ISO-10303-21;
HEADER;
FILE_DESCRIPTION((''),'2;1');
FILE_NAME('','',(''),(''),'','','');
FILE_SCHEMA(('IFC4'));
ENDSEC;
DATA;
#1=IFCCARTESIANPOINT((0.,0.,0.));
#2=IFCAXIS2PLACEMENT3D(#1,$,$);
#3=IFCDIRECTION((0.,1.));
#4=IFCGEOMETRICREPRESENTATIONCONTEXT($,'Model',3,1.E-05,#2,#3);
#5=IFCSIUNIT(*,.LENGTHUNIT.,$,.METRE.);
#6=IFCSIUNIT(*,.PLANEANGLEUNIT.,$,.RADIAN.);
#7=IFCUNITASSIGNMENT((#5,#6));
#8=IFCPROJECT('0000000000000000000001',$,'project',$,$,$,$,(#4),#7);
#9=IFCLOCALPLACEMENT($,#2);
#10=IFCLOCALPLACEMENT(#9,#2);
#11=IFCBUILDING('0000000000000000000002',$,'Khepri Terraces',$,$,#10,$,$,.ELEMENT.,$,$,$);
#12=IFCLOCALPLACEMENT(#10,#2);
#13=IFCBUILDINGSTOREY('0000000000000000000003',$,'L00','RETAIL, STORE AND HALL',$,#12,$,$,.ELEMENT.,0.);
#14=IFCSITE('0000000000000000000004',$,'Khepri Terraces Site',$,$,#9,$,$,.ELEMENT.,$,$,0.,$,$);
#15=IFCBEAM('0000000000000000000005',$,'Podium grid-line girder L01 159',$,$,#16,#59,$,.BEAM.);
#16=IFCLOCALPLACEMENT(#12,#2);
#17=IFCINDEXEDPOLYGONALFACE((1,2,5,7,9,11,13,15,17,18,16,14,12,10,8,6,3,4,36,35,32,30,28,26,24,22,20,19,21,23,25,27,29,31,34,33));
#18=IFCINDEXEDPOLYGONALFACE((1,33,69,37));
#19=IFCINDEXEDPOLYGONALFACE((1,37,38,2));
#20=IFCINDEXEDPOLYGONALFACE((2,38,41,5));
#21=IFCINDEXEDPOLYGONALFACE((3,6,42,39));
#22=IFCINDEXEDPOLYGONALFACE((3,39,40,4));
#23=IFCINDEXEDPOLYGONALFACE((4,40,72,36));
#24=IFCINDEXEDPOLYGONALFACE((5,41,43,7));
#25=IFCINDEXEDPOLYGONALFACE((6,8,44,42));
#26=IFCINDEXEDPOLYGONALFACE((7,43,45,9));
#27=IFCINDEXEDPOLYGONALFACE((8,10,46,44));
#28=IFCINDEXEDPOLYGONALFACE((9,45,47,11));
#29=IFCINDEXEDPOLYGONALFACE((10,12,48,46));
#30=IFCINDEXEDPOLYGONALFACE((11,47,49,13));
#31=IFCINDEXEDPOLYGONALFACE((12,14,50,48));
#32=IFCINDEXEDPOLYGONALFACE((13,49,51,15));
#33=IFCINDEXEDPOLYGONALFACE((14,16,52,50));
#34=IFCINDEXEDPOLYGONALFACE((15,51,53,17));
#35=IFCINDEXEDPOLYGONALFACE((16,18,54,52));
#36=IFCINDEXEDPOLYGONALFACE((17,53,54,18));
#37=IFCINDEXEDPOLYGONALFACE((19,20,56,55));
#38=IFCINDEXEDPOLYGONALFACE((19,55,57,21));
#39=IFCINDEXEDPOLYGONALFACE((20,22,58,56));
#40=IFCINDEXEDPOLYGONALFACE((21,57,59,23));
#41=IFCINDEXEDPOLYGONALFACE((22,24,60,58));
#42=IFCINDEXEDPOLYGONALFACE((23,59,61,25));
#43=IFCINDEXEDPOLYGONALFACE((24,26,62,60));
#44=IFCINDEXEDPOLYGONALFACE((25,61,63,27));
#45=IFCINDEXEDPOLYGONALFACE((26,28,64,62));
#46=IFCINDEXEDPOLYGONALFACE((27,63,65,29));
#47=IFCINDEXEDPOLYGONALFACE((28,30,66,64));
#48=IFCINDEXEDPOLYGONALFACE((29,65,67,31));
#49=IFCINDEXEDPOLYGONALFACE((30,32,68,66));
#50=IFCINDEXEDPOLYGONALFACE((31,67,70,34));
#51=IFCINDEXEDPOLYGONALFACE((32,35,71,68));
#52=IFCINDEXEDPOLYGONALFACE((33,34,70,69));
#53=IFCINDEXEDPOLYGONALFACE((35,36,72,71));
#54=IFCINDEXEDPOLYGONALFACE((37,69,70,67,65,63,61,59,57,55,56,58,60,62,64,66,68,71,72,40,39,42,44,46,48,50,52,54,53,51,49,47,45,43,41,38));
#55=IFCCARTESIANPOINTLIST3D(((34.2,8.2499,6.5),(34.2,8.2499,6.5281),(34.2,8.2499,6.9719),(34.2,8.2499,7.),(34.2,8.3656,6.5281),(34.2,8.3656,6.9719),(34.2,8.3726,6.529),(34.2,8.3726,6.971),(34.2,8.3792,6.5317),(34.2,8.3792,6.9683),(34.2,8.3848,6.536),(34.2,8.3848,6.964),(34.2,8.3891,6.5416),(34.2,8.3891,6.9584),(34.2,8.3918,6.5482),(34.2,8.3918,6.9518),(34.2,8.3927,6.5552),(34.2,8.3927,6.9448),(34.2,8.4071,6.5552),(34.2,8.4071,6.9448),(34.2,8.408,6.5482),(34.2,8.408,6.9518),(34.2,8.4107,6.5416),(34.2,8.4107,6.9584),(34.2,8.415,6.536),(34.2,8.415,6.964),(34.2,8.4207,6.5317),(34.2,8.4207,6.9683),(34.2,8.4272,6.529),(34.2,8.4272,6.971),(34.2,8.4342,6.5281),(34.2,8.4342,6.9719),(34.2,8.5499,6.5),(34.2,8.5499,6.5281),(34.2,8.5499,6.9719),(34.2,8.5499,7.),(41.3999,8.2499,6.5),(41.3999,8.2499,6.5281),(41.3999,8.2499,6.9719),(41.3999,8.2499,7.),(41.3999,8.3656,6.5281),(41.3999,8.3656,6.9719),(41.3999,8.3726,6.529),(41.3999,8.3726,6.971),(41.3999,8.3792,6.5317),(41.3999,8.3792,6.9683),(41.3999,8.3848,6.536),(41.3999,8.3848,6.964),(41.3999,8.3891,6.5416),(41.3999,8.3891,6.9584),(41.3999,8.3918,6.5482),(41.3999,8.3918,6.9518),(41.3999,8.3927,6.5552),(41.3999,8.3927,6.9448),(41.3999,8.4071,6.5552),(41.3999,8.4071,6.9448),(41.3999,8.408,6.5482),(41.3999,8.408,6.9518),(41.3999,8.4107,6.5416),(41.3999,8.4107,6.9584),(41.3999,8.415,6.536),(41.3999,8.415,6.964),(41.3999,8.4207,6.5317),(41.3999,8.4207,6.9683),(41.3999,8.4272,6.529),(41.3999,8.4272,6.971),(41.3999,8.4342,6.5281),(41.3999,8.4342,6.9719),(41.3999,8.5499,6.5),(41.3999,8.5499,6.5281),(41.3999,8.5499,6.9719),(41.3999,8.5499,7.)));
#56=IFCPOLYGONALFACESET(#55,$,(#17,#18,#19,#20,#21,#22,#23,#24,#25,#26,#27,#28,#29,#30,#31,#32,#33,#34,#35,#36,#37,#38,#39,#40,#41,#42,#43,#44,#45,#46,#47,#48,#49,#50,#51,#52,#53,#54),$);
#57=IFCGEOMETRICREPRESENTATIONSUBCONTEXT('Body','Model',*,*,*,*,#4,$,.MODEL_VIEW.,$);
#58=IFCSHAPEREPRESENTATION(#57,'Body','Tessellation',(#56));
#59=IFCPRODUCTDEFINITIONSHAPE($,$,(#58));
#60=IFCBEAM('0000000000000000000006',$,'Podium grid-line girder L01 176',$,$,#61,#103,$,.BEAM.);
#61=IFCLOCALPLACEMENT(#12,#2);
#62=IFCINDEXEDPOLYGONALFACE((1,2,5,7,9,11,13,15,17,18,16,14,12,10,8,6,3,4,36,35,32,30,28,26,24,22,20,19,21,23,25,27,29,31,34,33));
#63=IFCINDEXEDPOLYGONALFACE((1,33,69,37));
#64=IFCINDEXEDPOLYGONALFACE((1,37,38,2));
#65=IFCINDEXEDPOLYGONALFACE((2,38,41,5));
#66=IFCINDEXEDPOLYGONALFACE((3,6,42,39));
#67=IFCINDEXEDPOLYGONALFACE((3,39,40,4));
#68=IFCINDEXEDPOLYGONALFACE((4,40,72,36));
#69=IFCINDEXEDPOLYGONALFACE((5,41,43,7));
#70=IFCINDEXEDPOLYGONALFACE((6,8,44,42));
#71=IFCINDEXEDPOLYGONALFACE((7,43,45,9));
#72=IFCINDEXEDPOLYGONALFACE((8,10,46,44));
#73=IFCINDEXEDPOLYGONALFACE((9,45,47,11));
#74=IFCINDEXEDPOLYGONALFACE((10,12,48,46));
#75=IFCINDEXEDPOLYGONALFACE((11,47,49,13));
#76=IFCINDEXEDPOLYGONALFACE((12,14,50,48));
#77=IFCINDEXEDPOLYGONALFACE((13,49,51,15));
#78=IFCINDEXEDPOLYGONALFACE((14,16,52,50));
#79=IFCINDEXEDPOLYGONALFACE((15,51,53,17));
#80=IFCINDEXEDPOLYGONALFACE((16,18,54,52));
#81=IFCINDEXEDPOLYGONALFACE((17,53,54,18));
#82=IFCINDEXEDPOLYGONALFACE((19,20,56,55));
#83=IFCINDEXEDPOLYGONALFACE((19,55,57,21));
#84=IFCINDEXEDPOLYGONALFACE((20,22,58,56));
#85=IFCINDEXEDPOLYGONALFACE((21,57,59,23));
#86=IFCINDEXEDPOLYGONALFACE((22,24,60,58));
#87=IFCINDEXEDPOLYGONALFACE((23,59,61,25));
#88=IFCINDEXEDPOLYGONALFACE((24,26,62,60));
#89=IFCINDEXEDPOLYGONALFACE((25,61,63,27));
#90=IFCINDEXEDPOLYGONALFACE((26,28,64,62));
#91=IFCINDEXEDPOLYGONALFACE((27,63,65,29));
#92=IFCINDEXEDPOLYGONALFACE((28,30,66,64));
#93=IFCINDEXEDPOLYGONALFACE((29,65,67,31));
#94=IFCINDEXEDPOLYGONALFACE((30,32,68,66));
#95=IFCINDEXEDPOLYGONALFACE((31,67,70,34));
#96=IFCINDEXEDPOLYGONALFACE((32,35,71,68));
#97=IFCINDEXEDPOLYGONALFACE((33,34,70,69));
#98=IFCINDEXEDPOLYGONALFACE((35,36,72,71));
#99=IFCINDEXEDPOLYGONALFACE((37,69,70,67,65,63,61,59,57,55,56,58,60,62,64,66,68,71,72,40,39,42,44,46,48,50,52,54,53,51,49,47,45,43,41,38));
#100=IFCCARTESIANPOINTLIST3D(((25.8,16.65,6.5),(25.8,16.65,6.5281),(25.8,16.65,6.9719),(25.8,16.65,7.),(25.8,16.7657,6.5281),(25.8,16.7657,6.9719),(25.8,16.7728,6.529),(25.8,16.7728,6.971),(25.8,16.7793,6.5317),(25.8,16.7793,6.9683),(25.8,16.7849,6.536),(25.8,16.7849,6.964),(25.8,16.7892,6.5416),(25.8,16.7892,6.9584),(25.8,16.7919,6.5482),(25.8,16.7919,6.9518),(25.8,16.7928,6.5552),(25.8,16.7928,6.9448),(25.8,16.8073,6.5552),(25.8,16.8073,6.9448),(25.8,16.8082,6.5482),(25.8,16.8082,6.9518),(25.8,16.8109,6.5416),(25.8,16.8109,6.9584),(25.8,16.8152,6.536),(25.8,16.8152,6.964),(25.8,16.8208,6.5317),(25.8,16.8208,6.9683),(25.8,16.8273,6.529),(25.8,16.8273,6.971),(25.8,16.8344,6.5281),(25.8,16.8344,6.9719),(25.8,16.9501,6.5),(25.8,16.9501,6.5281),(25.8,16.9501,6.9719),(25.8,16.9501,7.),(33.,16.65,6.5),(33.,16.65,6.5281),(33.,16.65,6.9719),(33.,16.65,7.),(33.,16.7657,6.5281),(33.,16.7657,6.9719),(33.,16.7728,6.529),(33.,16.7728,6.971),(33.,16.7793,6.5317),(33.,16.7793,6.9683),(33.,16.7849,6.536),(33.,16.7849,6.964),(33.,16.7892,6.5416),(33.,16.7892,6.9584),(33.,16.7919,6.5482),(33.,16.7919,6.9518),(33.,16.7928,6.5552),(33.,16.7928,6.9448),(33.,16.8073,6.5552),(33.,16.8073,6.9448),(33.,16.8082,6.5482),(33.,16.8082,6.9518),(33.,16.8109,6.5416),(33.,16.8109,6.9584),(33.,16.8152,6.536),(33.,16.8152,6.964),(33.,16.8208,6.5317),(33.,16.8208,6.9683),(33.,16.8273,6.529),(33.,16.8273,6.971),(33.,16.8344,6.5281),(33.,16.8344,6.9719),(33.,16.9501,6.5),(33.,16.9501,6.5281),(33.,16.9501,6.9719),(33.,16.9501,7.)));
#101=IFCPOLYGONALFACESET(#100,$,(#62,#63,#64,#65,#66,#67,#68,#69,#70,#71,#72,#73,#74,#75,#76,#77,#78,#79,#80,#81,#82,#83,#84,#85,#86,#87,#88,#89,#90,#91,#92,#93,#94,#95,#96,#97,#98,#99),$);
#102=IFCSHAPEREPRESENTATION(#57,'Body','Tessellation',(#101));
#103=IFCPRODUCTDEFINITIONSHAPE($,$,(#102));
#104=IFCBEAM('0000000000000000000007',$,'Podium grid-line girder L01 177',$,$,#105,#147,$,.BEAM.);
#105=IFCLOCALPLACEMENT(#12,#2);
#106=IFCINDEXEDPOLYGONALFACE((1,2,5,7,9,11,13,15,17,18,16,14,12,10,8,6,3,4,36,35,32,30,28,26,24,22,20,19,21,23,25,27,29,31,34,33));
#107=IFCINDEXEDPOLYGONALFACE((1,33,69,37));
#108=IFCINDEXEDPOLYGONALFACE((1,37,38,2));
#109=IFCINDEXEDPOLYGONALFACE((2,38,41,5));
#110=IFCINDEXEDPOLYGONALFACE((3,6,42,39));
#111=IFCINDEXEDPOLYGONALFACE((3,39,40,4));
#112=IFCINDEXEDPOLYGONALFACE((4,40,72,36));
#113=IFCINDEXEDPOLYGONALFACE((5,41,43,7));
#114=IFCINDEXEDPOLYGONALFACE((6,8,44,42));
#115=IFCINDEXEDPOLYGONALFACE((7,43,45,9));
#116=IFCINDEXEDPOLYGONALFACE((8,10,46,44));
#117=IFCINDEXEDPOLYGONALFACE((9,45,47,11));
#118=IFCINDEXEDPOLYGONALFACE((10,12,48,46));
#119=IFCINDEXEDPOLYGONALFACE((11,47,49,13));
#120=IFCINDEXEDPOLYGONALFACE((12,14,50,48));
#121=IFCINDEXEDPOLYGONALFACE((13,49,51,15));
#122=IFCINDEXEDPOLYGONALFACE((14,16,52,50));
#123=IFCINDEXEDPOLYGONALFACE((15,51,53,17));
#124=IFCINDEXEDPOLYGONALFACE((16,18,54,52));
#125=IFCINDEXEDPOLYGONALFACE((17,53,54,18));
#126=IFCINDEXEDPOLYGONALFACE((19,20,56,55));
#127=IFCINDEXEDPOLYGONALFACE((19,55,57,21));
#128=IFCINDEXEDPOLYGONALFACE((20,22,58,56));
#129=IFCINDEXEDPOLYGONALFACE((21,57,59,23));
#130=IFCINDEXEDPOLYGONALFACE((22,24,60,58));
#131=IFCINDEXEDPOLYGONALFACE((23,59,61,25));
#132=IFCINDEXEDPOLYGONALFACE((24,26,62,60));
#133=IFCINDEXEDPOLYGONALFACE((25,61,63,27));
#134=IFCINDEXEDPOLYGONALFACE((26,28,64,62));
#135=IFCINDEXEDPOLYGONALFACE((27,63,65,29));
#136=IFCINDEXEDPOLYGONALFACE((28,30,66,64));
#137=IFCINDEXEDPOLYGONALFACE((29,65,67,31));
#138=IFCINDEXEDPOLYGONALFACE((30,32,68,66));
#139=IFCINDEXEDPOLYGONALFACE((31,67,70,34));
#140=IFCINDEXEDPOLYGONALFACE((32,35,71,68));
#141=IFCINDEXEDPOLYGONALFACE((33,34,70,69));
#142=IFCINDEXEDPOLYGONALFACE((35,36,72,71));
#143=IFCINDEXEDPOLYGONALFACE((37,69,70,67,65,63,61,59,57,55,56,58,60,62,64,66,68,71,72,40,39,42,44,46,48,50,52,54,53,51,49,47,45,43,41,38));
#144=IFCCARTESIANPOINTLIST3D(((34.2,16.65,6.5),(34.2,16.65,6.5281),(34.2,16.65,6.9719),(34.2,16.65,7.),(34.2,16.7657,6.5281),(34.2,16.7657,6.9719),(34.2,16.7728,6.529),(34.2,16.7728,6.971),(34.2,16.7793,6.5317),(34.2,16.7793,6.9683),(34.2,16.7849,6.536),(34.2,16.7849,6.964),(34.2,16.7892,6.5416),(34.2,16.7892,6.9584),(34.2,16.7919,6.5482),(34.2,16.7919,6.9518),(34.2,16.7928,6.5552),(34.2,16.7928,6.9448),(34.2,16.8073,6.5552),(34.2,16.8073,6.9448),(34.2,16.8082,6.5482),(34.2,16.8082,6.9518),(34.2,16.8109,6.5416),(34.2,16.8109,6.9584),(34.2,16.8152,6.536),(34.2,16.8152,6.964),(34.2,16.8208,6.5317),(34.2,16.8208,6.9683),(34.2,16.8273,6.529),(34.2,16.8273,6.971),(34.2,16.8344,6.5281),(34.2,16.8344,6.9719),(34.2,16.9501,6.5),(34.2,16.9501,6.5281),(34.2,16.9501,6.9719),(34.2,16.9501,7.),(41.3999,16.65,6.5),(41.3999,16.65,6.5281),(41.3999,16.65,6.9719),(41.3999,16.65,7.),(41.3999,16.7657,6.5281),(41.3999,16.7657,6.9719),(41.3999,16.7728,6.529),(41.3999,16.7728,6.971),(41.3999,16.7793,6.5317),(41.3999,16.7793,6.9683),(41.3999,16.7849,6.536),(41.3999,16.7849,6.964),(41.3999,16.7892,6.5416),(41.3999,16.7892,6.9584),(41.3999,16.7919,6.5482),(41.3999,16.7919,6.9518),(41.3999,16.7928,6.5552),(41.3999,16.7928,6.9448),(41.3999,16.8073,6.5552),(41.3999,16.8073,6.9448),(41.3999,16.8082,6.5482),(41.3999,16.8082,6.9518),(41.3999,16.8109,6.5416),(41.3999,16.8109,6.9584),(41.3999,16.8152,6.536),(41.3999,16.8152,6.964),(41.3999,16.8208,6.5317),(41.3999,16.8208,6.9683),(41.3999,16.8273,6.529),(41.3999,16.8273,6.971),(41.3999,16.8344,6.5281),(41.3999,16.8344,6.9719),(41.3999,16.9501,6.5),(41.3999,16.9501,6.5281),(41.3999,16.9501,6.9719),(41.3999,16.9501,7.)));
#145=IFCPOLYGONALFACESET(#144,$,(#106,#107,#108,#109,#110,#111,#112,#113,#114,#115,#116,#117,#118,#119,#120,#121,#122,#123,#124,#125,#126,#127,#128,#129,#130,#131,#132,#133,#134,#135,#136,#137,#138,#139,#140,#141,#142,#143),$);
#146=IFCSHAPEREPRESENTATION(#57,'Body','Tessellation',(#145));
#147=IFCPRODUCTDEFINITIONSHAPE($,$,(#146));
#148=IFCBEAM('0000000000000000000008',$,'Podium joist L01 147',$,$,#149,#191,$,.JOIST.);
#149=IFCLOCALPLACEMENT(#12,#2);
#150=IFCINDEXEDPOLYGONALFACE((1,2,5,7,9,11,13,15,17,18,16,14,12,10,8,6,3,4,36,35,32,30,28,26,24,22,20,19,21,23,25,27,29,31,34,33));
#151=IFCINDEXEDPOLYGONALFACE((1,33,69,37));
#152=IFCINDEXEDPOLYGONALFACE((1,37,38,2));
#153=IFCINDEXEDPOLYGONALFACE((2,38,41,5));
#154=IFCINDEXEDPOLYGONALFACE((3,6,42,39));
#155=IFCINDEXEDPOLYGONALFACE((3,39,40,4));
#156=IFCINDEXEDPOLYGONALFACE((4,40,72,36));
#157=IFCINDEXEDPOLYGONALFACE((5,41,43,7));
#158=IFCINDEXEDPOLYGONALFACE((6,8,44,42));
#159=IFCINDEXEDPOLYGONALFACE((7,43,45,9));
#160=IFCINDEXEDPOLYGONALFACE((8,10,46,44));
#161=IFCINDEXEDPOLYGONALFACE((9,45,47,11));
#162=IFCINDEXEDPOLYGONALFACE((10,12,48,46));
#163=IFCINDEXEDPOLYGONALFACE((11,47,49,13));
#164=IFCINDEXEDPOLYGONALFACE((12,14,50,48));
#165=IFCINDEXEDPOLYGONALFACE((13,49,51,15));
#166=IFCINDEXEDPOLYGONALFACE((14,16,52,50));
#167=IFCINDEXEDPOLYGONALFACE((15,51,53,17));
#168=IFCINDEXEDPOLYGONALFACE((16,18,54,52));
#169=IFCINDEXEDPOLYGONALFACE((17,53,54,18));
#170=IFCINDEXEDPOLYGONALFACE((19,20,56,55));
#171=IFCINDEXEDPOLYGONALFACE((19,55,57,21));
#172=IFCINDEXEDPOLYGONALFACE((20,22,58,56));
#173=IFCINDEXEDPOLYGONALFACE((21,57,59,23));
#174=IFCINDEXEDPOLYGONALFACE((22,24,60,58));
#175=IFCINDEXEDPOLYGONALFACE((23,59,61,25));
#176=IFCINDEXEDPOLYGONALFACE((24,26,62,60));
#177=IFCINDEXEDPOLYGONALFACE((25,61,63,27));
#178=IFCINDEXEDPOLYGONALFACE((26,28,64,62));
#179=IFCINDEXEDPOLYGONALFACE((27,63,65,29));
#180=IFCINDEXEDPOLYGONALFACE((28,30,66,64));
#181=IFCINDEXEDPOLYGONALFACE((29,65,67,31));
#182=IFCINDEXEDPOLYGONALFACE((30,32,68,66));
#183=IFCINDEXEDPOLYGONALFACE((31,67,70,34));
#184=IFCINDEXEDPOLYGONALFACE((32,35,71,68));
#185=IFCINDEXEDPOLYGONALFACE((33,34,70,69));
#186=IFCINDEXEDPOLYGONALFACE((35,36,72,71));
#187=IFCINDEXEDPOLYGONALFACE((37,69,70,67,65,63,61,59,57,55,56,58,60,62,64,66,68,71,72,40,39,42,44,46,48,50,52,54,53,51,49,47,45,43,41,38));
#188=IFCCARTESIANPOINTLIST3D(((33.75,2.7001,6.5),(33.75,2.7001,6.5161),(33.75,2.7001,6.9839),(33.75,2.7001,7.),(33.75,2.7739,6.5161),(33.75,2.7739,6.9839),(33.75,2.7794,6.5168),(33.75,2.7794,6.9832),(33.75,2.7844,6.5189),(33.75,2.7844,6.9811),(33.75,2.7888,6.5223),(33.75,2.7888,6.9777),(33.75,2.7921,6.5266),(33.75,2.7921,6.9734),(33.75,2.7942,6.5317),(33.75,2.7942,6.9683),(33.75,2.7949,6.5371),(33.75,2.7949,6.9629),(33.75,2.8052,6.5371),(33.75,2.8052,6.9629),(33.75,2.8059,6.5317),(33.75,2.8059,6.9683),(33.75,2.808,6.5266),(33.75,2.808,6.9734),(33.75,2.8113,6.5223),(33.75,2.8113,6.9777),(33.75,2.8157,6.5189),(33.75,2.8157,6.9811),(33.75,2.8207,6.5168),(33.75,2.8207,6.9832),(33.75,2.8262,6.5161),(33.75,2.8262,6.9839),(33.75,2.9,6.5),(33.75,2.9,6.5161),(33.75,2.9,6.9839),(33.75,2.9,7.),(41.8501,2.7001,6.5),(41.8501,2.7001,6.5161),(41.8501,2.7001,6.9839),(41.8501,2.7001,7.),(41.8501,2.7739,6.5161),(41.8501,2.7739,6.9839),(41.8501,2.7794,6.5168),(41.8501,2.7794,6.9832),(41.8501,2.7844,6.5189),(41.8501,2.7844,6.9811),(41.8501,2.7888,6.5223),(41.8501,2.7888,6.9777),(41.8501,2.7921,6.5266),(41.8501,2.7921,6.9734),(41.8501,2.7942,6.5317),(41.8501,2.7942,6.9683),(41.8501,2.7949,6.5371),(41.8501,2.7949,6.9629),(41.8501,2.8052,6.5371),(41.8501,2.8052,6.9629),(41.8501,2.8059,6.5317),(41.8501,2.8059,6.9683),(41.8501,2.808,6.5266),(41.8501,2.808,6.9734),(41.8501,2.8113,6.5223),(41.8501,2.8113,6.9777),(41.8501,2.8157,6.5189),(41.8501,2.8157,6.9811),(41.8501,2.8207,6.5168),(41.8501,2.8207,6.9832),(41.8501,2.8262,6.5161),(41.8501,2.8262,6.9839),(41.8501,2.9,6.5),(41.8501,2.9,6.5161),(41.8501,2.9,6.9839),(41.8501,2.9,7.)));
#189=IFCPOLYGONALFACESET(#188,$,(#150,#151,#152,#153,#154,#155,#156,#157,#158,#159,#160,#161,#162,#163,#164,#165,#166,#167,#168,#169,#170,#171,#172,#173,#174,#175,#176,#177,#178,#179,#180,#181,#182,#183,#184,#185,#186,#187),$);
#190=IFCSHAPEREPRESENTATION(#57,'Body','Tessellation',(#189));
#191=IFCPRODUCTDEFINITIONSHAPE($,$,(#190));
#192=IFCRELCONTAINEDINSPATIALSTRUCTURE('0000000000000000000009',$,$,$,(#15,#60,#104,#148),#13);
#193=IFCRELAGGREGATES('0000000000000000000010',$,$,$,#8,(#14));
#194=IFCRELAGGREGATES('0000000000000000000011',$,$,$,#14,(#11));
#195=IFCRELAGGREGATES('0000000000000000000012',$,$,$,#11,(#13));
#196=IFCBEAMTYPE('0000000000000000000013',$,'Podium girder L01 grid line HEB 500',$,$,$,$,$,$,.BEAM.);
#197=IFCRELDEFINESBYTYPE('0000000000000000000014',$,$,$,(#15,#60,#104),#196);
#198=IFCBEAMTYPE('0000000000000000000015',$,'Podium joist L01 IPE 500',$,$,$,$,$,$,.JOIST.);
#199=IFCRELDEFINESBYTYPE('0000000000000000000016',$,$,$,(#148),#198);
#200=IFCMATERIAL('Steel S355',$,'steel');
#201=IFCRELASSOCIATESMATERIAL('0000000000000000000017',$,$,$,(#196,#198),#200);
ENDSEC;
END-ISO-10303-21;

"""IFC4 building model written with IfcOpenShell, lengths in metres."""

from ifc_helpers import new_model, si_unit, direction, frame, origin, origin_2d, place, context, subcontext, project, spatial, i_section, extrude, material, material_profile, profile_set, type_object, element, save


model = new_model("IFC4")

# Units and contexts
model_context = context("Model", 3, precision=1e-05, world=origin(), true_north=direction((0.0, 1.0)))
body_context = subcontext(model_context, "Body", "Model", "MODEL_VIEW")
ifc_project = project(units=[si_unit("LENGTHUNIT", "METRE"), si_unit("PLANEANGLEUNIT", "RADIAN")], contexts=[model_context])

# Site, building, storey
site_placement = place(None, origin())
site = spatial("IfcSite", under=ifc_project, at=site_placement, Name="Khepri Terraces Site", CompositionType="ELEMENT", RefElevation=0.0)
building_placement = place(site_placement, origin())
building = spatial("IfcBuilding", under=site, at=building_placement, Name="Khepri Terraces", CompositionType="ELEMENT")
storey_placement = place(building_placement, origin())
storey = spatial("IfcBuildingStorey", under=building, at=storey_placement, Name="L00", Description="RETAIL, STORE AND HALL", CompositionType="ELEMENT", Elevation=0.0)

# Beams
ifc_material_1 = material(Name="Steel S355", Category="steel")
ifc_material_profile_1 = material_profile(ifc_material_1, i_section(OverallWidth=0.3, OverallDepth=0.5, WebThickness=0.0144, FlangeThickness=0.0281, FilletRadius=0.0271, at=origin_2d()), Name="Steel S355", Category="steel")
ifc_profile_set_1 = profile_set([ifc_material_profile_1], Name="Steel S355")
beam_type_1 = type_object("IfcBeamType", Name="Podium girder L01 grid line HEB 500", PredefinedType="BEAM", material=ifc_profile_set_1)
for number, where, z_axis, x_axis, name in (
    (1, (34.2, 8.3999, 6.75), (1.0, 0.0, 0.0), (0.0, 1.0, 0.0), "Podium grid-line girder L01 159"),
    (2, (25.8, 16.8, 6.75), (1.0, 0.0, 0.0), (0.0, 1.0, 0.0), "Podium grid-line girder L01 176"),
    (3, (34.2, 16.8, 6.75), (1.0, 0.0, 0.0), (0.0, 1.0, 0.0), "Podium grid-line girder L01 177"),
):
    element("IfcBeam", number, at=place(storey_placement, frame(where, z_axis=z_axis, x_axis=x_axis)), inside=storey, type_object=beam_type_1, Name=name, PredefinedType="BEAM", context=body_context, shape_type="SweptSolid", body=[
        extrude(i_section(OverallWidth=0.3, OverallDepth=0.5, WebThickness=0.0144, FlangeThickness=0.0281, FilletRadius=0.0271, at=origin_2d()), origin(), (0.0, 0.0, 1.0), 7.2),
    ])
ifc_material_profile_2 = material_profile(ifc_material_1, i_section(OverallWidth=0.2, OverallDepth=0.5, WebThickness=0.0103, FlangeThickness=0.0161, FilletRadius=0.021, at=origin_2d()), Name="Steel S355", Category="steel")
ifc_profile_set_2 = profile_set([ifc_material_profile_2], Name="Steel S355")
beam_type_2 = type_object("IfcBeamType", Name="Podium joist L01 IPE 500", PredefinedType="JOIST", material=ifc_profile_set_2)
for number, where, z_axis, x_axis, name in (
    (4, (33.75, 2.8, 6.75), (1.0, 0.0, 0.0), (0.0, 1.0, 0.0), "Podium joist L01 147"),
):
    element("IfcBeam", number, at=place(storey_placement, frame(where, z_axis=z_axis, x_axis=x_axis)), inside=storey, type_object=beam_type_2, Name=name, PredefinedType="JOIST", context=body_context, shape_type="SweptSolid", body=[
        extrude(i_section(OverallWidth=0.2, OverallDepth=0.5, WebThickness=0.0103, FlangeThickness=0.0161, FilletRadius=0.021, at=origin_2d()), origin(), (0.0, 0.0, 1.0), 8.1001),
    ])

save(model, "model.ifc")
